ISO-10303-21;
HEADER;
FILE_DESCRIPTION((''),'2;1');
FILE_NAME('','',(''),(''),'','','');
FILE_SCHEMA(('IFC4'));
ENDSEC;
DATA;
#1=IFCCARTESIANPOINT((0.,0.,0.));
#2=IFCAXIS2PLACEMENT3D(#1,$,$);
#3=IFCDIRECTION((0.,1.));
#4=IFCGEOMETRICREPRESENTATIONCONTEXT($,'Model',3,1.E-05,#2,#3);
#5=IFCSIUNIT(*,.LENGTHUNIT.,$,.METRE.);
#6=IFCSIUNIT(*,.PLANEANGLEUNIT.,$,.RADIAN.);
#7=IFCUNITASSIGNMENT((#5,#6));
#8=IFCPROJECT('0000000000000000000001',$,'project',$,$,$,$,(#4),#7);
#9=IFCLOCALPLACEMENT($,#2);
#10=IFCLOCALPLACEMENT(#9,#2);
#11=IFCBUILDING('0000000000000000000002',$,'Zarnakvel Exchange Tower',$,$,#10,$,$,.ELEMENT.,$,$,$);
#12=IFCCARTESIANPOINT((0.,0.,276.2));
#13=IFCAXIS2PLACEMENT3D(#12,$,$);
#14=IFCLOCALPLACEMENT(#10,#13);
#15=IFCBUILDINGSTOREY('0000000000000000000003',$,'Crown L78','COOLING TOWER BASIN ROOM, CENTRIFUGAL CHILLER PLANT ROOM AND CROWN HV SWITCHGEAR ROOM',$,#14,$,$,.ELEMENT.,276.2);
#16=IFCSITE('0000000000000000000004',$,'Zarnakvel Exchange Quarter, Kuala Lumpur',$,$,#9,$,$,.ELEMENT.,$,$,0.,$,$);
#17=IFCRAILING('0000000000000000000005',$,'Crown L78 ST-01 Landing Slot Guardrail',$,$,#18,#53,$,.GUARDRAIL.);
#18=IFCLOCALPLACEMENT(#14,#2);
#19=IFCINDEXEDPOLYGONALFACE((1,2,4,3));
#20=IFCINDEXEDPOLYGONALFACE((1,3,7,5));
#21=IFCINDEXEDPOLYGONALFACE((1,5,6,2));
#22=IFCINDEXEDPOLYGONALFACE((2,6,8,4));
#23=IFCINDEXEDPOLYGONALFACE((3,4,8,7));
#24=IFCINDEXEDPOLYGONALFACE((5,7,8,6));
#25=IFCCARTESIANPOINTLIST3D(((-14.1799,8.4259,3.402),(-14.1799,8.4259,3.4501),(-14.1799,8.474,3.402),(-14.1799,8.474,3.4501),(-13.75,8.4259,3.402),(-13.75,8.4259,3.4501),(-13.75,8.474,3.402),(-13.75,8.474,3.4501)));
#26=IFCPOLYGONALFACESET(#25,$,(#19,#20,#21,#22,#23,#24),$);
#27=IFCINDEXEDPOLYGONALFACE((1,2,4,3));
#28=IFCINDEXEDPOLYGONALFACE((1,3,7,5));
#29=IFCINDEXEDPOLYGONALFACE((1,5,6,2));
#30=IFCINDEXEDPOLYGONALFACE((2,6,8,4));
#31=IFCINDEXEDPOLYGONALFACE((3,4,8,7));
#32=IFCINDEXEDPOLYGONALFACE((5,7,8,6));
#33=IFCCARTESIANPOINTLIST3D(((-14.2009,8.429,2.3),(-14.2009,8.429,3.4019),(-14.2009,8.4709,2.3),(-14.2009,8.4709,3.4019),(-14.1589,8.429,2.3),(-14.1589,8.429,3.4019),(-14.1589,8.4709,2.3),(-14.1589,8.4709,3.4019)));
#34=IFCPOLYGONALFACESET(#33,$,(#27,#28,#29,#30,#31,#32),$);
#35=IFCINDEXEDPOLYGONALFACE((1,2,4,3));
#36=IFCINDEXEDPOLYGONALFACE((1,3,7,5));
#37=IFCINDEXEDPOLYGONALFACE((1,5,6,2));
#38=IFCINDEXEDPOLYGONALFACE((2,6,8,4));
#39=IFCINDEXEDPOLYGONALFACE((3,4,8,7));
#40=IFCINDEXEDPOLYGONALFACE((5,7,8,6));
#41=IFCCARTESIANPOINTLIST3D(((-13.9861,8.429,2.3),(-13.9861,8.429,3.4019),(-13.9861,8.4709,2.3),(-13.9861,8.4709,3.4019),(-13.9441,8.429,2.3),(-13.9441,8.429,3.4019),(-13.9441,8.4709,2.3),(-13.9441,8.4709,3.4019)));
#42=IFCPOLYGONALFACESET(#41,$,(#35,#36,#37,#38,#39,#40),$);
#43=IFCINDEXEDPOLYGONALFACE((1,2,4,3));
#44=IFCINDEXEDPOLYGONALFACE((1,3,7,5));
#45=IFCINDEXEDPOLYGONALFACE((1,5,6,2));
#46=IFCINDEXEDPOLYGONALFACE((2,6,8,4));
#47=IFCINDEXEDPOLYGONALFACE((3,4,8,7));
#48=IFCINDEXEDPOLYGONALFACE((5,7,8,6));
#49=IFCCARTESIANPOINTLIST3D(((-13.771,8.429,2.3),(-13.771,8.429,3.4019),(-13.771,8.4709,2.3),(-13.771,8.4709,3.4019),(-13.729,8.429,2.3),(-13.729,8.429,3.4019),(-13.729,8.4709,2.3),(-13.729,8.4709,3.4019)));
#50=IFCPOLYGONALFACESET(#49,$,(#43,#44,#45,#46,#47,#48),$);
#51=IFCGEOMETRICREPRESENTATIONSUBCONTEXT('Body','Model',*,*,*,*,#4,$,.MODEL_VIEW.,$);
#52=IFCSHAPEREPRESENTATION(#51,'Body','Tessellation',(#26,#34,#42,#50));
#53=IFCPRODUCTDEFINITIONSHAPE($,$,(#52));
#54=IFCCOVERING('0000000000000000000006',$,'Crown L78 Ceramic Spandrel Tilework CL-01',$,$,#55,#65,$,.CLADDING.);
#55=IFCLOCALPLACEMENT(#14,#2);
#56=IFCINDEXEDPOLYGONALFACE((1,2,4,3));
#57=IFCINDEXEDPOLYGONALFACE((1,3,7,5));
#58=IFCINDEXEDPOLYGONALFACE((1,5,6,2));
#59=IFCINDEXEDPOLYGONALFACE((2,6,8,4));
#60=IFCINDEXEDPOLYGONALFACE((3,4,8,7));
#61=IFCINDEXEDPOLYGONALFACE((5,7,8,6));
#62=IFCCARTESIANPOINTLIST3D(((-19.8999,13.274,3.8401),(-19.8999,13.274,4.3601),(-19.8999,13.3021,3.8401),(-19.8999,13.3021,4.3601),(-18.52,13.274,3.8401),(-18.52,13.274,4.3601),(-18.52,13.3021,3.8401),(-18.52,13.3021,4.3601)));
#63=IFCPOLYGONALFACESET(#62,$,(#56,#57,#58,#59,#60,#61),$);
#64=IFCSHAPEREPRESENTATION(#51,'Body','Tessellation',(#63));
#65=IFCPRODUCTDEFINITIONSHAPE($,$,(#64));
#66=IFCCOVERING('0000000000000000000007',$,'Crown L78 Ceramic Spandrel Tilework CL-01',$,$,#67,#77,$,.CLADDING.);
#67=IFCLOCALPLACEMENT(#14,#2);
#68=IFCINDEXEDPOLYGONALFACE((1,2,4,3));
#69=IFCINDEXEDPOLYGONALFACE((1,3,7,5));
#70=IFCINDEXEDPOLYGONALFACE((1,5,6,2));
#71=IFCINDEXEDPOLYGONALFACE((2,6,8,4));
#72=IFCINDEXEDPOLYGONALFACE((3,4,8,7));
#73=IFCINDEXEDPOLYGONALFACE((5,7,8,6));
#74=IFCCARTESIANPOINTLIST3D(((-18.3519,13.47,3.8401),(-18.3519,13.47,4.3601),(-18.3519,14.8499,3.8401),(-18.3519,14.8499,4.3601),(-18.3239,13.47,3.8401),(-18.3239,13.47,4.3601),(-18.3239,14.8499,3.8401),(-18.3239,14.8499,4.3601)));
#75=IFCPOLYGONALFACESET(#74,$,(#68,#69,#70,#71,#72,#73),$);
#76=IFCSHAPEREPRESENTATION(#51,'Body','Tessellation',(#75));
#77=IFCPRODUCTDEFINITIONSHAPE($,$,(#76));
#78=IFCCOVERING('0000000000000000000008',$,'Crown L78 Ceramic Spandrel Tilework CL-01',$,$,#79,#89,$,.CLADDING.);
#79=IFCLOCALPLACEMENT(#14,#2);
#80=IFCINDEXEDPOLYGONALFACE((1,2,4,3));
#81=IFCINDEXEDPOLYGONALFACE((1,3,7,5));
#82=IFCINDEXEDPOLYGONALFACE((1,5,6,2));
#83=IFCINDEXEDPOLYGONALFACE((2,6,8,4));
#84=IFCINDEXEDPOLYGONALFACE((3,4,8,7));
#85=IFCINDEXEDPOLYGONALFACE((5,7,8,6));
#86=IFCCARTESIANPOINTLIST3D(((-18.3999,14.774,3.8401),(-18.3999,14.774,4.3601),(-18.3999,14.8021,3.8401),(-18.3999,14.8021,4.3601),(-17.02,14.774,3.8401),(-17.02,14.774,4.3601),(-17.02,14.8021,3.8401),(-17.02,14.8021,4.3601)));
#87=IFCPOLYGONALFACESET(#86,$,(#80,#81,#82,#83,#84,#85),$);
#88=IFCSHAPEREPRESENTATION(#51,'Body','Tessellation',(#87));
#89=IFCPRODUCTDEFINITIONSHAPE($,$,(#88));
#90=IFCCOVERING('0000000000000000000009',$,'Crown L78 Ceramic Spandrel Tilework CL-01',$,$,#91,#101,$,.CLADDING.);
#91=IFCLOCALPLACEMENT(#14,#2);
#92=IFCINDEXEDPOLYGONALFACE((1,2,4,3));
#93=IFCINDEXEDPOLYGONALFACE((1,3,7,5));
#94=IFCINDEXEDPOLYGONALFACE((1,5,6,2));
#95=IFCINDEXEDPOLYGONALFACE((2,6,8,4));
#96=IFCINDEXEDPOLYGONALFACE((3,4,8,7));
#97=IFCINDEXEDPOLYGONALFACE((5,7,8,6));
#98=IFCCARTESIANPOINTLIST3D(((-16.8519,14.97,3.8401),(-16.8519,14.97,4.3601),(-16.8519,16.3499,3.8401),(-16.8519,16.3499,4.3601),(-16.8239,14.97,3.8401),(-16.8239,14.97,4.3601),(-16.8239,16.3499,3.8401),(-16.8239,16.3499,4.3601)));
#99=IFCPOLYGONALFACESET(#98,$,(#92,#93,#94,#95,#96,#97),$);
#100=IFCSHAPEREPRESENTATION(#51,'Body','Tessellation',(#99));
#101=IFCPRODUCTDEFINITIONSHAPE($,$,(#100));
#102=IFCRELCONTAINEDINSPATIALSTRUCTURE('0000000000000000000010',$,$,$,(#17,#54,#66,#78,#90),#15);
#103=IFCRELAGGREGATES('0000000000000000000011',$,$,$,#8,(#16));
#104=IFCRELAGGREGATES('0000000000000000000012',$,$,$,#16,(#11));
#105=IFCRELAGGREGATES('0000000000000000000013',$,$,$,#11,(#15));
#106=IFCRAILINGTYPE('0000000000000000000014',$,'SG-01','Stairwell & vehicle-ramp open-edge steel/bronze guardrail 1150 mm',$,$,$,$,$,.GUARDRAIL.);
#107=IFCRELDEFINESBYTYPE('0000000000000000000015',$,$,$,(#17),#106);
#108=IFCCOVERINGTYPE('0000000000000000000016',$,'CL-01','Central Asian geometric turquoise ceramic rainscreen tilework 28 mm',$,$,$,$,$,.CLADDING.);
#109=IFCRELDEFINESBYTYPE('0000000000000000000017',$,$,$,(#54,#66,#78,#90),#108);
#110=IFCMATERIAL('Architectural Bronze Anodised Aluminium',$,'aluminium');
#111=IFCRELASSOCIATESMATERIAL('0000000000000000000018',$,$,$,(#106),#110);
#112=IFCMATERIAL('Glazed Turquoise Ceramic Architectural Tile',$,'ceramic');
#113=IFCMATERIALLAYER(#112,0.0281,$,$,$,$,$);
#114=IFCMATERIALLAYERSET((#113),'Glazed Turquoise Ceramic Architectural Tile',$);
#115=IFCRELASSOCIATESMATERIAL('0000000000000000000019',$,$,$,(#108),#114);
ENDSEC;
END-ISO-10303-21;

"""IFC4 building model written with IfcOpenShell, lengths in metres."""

from ifc_helpers import new_model, si_unit, direction, frame, origin, origin_2d, place, context, subcontext, project, spatial, rectangle, extrude, source, transform, mapped, material, layer, layer_set, type_object, element, save


model = new_model("IFC4")

# Units and contexts
model_context = context("Model", 3, precision=1e-05, world=origin(), true_north=direction((0.0, 1.0)))
body_context = subcontext(model_context, "Body", "Model", "MODEL_VIEW")
ifc_project = project(units=[si_unit("LENGTHUNIT", "METRE"), si_unit("PLANEANGLEUNIT", "RADIAN")], contexts=[model_context])

# Site, building, storey
site_placement = place(None, origin())
site = spatial("IfcSite", under=ifc_project, at=site_placement, Name="Zarnakvel Exchange Quarter, Kuala Lumpur", CompositionType="ELEMENT", RefElevation=0.0)
building_placement = place(site_placement, origin())
building = spatial("IfcBuilding", under=site, at=building_placement, Name="Zarnakvel Exchange Tower", CompositionType="ELEMENT")
storey_placement = place(building_placement, frame((0.0, 0.0, 276.2)))
storey = spatial("IfcBuildingStorey", under=building, at=storey_placement, Name="Crown L78", Description="COOLING TOWER BASIN ROOM, CENTRIFUGAL CHILLER PLANT ROOM AND CROWN HV SWITCHGEAR ROOM", CompositionType="ELEMENT", Elevation=276.2)

# Shared definitions
ifc_material_1 = material(Name="Architectural Bronze Anodised Aluminium", Category="aluminium")

# Railing
railing_type_1 = type_object("IfcRailingType", Name="SG-01", Description="Stairwell & vehicle-ramp open-edge steel/bronze guardrail 1150 mm", PredefinedType="GUARDRAIL", material=ifc_material_1)
railing_1_placement = place(storey_placement, frame((-14.1799, 8.45, 2.3)))
element("IfcRailing", 1, at=railing_1_placement, inside=storey, type_object=railing_type_1, Name="Crown L78 ST-01 Landing Slot Guardrail", PredefinedType="GUARDRAIL", context=body_context, shape_type="SweptSolid", body=[
    extrude(rectangle(XDim=0.0481, YDim=0.0481, at=origin_2d()), frame((0.0, 0.0, 1.126), z_axis=(1.0, 0.0, 0.0), x_axis=(0.0, 1.0, 0.0)), (0.0, 0.0, 1.0), 0.4299),
    extrude(rectangle(XDim=0.042, YDim=0.042, at=origin_2d()), origin(), (0.0, 0.0, 1.0), 1.1018),
    extrude(rectangle(XDim=0.042, YDim=0.042, at=origin_2d()), frame((0.2148, 0.0, 0.0)), (0.0, 0.0, 1.0), 1.1018),
    extrude(rectangle(XDim=0.042, YDim=0.042, at=origin_2d()), frame((0.4299, 0.0, 0.0)), (0.0, 0.0, 1.0), 1.1018),
])

# Coverings
ifc_material_2 = material(Name="Glazed Turquoise Ceramic Architectural Tile", Category="ceramic")
ifc_layer_1 = layer(ifc_material_2, 0.0281)
ifc_layer_set_1 = layer_set([ifc_layer_1], Name="Glazed Turquoise Ceramic Architectural Tile")
covering_type = type_object("IfcCoveringType", Name="CL-01", Description="Central Asian geometric turquoise ceramic rainscreen tilework 28 mm", PredefinedType="CLADDING", material=ifc_layer_set_1)
shared_shape_1 = source(origin(), body_context, "Body", "SweptSolid", [
    extrude(rectangle(XDim=1.3799, YDim=0.0281, at=origin_2d()), origin(), (0.0, 0.0, 1.0), 0.52),
])
for number, where, z_axis, x_axis, name in (
    (2, (-19.21, 13.2881, 3.8401), (0.0, 0.0, 1.0), (-1.0, 0.0, 0.0), "Crown L78 Ceramic Spandrel Tilework CL-01"),
    (3, (-18.3379, 14.1599, 3.8401), (0.0, 0.0, 1.0), (0.0, -1.0, 0.0), "Crown L78 Ceramic Spandrel Tilework CL-01"),
    (4, (-17.71, 14.7881, 3.8401), (0.0, 0.0, 1.0), (-1.0, 0.0, 0.0), "Crown L78 Ceramic Spandrel Tilework CL-01"),
    (5, (-16.8379, 15.6599, 3.8401), (0.0, 0.0, 1.0), (0.0, -1.0, 0.0), "Crown L78 Ceramic Spandrel Tilework CL-01"),
):
    element("IfcCovering", number, at=place(storey_placement, frame(where, z_axis=z_axis, x_axis=x_axis)), inside=storey, type_object=covering_type, Name=name, PredefinedType="CLADDING", context=body_context, shape_type="MappedRepresentation", body=[
        mapped(shared_shape_1, transform((0.0, 0.0, 0.0), x_axis=(1.0, 0.0, 0.0), y_axis=(0.0, 1.0, 0.0), z_axis=(0.0, 0.0, 1.0), scale=1.0)),
    ])

save(model, "model.ifc")
